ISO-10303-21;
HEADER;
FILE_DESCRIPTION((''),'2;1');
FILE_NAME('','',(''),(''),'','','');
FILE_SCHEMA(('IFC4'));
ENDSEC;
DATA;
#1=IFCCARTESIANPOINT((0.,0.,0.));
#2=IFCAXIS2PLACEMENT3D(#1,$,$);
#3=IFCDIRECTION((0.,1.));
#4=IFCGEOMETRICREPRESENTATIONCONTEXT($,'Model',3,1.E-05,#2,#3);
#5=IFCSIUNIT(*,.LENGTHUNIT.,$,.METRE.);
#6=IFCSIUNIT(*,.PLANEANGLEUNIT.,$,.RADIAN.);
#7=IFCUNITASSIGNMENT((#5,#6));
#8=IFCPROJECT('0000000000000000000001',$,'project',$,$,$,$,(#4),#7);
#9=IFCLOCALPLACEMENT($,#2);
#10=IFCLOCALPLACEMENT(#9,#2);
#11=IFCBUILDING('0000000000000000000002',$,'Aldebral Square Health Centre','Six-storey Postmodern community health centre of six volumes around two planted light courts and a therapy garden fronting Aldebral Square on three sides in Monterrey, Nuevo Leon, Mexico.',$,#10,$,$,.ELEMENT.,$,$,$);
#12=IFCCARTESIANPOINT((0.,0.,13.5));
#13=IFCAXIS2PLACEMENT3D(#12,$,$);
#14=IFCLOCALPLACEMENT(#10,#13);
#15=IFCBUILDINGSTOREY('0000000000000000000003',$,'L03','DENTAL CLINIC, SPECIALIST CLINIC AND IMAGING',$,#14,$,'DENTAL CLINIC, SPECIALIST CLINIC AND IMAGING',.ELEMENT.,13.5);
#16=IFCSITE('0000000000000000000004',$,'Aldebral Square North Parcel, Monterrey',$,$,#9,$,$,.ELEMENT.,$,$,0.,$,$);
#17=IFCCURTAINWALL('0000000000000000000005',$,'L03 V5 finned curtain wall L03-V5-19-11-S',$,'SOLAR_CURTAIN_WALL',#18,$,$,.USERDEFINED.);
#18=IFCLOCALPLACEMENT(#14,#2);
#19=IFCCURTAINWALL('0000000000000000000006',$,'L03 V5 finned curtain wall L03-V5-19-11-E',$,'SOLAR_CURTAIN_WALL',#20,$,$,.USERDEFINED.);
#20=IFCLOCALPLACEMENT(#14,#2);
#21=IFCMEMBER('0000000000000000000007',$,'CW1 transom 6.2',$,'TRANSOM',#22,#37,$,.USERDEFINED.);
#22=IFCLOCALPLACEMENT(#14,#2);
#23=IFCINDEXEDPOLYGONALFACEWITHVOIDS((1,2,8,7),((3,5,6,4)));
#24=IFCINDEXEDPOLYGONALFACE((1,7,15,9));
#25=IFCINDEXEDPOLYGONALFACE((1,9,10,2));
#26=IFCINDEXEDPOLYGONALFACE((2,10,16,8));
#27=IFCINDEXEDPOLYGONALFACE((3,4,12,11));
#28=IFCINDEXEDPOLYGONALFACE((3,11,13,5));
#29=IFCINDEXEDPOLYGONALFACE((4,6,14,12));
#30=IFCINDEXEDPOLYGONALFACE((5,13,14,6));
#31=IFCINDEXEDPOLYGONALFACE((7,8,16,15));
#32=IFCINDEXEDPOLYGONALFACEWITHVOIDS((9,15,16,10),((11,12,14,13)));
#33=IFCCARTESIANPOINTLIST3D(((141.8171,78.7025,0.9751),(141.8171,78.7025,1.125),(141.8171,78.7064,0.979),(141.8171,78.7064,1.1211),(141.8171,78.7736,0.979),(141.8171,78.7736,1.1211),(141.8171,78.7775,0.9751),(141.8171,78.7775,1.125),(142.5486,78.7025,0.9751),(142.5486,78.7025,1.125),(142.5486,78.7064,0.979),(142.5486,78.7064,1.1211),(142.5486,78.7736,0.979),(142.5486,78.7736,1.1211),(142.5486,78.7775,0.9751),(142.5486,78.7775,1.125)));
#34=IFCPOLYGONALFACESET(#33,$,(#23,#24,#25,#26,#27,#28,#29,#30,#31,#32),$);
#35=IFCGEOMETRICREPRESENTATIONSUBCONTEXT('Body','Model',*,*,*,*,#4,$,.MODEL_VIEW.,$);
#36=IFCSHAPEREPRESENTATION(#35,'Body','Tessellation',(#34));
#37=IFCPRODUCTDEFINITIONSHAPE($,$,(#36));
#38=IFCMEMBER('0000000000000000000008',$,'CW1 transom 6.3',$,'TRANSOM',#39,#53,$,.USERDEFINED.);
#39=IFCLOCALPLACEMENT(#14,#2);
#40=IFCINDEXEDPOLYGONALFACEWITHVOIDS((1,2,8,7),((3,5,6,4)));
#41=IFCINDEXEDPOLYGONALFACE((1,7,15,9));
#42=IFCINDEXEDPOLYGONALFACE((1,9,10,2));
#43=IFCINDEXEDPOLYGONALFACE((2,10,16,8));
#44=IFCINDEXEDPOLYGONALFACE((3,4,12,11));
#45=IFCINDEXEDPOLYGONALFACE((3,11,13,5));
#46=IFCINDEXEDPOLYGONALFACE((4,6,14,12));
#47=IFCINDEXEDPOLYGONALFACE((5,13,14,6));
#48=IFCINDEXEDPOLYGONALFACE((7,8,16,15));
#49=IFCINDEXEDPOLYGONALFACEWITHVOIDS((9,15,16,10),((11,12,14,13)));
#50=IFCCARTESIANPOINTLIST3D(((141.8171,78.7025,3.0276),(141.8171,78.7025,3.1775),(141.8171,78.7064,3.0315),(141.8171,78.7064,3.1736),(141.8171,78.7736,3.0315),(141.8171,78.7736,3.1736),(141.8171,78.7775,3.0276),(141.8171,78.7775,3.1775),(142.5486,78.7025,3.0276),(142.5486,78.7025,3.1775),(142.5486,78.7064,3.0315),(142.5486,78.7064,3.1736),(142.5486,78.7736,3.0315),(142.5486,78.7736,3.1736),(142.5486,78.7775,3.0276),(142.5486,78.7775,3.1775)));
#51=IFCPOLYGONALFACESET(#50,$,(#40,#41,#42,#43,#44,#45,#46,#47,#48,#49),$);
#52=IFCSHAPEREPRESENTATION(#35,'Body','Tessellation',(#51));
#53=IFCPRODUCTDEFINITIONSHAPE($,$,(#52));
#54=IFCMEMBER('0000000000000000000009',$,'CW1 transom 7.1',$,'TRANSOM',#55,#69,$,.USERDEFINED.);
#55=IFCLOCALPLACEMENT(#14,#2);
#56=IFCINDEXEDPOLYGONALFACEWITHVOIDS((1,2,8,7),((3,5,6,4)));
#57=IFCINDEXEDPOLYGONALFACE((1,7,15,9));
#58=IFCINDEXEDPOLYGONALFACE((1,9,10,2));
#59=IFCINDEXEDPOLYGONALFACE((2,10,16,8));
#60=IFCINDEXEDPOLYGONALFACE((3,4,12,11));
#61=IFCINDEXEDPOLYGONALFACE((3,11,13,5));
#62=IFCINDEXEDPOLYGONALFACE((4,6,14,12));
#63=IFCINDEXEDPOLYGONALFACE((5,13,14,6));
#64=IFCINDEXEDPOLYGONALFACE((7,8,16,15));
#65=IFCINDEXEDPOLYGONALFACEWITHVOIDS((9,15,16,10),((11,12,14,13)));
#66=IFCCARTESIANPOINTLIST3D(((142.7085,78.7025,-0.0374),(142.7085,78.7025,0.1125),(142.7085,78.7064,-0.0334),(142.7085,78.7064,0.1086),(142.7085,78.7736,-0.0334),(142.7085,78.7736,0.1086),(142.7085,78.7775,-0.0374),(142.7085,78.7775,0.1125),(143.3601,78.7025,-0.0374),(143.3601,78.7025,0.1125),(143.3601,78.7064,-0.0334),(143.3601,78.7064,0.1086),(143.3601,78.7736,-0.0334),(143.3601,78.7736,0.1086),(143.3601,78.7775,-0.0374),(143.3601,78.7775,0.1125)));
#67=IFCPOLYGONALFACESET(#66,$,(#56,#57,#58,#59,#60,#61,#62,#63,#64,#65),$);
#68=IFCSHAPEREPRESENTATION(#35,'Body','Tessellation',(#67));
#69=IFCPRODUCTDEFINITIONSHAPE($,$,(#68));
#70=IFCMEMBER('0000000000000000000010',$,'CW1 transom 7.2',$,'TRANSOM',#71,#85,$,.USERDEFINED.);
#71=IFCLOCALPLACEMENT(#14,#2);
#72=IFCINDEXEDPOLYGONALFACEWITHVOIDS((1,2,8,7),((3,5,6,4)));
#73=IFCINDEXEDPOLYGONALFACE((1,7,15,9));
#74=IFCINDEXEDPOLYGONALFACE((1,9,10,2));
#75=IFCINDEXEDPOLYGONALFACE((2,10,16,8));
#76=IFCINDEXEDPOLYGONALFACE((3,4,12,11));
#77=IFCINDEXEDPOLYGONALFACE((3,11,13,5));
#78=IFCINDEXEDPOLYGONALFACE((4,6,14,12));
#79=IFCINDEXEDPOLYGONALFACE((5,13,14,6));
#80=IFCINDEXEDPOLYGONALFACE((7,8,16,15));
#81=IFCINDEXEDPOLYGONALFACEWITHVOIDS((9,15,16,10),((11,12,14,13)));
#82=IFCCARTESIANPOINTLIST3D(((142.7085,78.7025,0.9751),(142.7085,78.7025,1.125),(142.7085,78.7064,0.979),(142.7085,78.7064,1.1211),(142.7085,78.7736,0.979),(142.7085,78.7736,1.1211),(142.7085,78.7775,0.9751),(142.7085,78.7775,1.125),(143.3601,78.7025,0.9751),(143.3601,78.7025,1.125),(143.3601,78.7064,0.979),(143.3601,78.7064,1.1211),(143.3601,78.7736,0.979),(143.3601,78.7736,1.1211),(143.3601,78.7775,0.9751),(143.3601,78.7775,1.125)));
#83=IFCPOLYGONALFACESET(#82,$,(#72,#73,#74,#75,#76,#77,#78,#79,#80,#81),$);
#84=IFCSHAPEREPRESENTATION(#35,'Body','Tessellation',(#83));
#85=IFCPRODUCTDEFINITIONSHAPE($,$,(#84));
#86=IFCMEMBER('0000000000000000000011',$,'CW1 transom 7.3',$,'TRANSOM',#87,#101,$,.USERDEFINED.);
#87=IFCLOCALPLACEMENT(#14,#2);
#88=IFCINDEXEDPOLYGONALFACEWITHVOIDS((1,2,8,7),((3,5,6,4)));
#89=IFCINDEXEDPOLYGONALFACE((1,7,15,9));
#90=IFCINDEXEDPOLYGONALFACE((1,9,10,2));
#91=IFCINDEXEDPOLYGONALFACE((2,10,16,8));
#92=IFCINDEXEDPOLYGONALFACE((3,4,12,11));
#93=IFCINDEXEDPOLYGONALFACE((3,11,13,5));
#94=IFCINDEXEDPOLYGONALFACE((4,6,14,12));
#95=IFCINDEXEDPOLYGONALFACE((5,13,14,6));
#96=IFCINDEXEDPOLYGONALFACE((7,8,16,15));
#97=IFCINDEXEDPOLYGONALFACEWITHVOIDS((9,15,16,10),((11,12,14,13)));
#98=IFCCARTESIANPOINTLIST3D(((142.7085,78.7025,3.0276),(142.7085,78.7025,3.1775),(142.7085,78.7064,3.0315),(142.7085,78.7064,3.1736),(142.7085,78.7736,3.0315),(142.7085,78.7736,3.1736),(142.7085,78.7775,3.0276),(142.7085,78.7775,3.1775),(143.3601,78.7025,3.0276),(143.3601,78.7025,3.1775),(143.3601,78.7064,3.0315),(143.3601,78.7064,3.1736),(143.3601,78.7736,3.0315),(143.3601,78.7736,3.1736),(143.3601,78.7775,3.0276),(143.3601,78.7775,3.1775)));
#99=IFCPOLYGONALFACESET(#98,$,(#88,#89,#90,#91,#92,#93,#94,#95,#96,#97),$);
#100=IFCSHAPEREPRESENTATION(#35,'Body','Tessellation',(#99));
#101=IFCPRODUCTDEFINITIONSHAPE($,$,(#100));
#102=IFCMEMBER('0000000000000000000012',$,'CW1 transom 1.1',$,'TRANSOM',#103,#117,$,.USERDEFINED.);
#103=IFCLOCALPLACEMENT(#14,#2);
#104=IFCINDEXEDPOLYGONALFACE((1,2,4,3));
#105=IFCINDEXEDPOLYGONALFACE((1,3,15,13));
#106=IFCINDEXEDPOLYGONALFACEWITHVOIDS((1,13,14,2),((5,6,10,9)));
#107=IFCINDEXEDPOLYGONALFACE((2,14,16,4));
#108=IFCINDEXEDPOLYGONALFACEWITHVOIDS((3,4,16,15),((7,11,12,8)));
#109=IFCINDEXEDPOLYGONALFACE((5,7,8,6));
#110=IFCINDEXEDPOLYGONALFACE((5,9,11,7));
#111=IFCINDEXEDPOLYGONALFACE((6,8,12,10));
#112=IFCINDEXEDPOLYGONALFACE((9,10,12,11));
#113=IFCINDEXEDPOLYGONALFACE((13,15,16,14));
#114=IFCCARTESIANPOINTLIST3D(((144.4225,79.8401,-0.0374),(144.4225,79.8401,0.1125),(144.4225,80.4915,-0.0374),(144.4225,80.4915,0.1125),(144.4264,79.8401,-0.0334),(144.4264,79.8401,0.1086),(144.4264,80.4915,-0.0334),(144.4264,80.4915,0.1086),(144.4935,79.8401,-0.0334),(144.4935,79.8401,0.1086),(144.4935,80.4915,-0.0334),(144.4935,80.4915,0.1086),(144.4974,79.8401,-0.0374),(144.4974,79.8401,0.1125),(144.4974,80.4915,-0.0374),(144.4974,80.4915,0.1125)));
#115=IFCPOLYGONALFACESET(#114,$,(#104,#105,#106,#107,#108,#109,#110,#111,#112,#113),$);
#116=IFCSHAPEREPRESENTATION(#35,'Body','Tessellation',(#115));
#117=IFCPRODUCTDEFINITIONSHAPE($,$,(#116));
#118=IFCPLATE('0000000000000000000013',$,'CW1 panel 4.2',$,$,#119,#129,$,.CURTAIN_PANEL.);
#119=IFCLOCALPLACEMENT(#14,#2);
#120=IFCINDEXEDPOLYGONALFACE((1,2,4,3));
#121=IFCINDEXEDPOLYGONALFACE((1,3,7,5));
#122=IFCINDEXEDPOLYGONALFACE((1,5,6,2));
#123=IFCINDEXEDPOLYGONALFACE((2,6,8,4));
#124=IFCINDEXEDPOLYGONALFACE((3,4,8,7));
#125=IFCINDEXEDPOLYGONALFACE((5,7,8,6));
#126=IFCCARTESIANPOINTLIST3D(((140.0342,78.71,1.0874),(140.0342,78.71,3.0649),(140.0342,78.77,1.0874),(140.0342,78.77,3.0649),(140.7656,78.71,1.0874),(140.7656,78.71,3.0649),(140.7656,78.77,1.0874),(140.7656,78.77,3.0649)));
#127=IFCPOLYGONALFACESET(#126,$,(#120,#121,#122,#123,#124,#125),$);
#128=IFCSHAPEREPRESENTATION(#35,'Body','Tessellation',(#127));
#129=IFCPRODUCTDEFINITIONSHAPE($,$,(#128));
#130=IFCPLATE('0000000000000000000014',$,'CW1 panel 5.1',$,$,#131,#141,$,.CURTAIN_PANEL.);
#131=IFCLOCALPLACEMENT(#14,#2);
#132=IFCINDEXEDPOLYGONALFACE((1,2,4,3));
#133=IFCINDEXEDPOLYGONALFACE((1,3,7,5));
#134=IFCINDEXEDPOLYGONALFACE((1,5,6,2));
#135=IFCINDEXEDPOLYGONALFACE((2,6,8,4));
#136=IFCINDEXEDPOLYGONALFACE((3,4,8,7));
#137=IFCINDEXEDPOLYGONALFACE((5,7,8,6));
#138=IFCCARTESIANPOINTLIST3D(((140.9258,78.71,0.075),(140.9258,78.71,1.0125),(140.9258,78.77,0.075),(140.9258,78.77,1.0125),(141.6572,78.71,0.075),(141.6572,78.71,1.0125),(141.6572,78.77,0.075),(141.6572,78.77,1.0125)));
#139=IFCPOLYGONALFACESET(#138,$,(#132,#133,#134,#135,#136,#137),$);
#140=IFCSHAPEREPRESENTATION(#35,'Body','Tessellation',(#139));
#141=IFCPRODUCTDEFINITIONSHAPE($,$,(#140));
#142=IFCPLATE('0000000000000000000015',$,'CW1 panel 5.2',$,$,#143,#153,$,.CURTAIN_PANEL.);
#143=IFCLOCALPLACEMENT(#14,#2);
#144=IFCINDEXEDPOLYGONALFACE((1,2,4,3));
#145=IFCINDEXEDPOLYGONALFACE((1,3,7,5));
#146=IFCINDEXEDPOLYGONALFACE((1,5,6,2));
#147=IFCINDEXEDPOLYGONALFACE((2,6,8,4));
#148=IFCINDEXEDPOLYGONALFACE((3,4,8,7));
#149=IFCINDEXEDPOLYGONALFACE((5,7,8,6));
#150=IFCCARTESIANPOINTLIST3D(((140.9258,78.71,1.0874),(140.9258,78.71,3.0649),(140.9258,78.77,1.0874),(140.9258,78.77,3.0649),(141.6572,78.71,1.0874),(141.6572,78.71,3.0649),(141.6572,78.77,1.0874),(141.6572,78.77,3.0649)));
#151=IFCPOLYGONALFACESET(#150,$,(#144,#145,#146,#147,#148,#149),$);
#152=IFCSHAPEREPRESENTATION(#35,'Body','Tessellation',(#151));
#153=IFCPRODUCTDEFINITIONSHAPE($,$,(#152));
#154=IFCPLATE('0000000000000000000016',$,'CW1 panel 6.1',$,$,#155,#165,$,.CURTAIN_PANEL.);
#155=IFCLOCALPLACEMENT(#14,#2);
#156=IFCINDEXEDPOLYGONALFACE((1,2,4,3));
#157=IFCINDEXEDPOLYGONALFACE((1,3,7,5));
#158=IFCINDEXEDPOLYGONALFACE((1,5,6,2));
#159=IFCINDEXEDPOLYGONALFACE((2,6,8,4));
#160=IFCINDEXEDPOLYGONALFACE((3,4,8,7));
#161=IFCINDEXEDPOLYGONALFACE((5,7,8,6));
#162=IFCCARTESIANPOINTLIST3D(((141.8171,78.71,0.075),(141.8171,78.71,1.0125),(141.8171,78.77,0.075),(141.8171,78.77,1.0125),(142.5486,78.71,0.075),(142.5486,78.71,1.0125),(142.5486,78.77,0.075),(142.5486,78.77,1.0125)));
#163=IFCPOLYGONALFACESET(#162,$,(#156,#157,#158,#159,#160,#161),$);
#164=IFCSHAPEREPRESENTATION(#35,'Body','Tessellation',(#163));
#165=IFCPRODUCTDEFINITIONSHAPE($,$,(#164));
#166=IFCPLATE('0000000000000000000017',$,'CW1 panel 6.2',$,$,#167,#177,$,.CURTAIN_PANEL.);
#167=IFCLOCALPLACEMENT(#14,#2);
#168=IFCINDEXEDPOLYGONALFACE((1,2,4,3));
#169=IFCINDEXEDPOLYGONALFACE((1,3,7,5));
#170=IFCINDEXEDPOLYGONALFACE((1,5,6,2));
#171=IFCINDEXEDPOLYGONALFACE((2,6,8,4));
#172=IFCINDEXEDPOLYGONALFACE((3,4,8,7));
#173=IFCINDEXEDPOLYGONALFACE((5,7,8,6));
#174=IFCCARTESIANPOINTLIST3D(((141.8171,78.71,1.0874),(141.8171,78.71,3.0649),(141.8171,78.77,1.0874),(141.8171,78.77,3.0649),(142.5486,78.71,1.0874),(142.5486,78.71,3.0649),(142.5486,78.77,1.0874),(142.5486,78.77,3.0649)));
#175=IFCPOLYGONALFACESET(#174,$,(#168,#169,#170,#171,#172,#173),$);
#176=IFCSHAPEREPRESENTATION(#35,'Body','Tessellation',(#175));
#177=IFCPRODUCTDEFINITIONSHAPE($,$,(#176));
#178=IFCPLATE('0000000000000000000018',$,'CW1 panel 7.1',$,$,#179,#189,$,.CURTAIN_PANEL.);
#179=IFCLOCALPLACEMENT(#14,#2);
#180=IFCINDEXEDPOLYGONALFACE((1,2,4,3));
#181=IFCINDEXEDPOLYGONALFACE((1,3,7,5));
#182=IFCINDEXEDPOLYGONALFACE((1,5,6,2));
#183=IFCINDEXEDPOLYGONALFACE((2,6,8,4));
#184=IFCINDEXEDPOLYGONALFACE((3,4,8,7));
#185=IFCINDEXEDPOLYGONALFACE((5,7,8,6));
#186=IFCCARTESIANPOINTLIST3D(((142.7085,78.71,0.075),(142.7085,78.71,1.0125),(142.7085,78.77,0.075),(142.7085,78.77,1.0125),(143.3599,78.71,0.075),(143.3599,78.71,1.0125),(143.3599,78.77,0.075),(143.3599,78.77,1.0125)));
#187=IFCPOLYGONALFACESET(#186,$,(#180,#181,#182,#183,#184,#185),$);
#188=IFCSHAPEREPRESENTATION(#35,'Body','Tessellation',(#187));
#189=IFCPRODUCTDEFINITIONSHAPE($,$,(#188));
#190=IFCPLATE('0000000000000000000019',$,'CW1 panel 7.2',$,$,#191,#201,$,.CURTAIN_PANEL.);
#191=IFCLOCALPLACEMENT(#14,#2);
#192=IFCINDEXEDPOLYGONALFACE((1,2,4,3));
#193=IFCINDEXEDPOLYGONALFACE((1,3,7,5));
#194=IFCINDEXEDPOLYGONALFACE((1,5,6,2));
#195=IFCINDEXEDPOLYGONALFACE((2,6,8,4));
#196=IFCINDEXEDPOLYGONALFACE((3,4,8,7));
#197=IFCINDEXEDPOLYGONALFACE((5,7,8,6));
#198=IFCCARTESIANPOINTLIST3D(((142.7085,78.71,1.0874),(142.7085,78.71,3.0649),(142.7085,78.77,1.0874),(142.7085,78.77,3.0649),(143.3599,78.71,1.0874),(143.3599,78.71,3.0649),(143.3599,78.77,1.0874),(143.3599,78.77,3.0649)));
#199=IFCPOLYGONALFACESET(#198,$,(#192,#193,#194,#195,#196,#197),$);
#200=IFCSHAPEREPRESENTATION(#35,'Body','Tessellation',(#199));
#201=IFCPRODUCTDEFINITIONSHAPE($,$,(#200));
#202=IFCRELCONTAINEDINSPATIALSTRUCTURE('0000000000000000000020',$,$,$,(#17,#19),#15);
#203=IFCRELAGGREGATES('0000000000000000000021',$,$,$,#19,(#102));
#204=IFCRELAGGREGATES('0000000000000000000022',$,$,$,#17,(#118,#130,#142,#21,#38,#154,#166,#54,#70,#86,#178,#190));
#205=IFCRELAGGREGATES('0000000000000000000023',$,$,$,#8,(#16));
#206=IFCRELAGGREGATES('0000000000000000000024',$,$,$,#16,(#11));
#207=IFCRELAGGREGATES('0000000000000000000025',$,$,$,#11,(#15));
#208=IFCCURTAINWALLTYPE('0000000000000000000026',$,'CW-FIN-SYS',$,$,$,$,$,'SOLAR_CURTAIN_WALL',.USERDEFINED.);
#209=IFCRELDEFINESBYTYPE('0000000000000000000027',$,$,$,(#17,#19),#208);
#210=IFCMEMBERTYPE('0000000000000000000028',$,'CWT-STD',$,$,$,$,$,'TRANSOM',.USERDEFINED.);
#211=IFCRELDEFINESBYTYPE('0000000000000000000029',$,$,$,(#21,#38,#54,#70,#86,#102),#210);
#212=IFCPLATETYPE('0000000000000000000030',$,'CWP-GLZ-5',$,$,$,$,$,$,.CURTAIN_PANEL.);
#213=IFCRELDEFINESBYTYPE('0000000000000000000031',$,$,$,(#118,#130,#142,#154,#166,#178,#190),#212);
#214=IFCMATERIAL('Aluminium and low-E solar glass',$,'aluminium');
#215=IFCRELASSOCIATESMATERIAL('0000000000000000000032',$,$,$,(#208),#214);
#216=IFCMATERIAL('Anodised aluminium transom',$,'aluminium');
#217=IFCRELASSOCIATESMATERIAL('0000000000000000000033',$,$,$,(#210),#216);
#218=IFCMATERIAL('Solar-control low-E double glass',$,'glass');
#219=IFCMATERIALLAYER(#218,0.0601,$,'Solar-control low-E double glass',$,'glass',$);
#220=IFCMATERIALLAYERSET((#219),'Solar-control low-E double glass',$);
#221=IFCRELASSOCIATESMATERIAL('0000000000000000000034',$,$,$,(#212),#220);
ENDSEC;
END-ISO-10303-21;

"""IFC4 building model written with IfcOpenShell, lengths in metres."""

from ifc_helpers import new_model, si_unit, direction, frame, origin, origin_2d, place, context, subcontext, project, spatial, rectangle, hollow_rectangle, extrude, material, layer, layer_set, material_profile, profile_set, type_object, element, aggregate, save


model = new_model("IFC4")

# Units and contexts
model_context = context("Model", 3, precision=1e-05, world=origin(), true_north=direction((0.0, 1.0)))
body_context = subcontext(model_context, "Body", "Model", "MODEL_VIEW")
ifc_project = project(units=[si_unit("LENGTHUNIT", "METRE"), si_unit("PLANEANGLEUNIT", "RADIAN")], contexts=[model_context])

# Site, building, storey
site_placement = place(None, origin())
site = spatial("IfcSite", under=ifc_project, at=site_placement, Name="Aldebral Square North Parcel, Monterrey", CompositionType="ELEMENT", RefElevation=0.0)
building_placement = place(site_placement, origin())
building = spatial("IfcBuilding", under=site, at=building_placement, Name="Aldebral Square Health Centre", Description="Six-storey Postmodern community health centre of six volumes around two planted light courts and a therapy garden fronting Aldebral Square on three sides in Monterrey, Nuevo Leon, Mexico.", CompositionType="ELEMENT")
storey_placement = place(building_placement, frame((0.0, 0.0, 13.5)))
storey = spatial("IfcBuildingStorey", under=building, at=storey_placement, Name="L03", Description="DENTAL CLINIC, SPECIALIST CLINIC AND IMAGING", LongName="DENTAL CLINIC, SPECIALIST CLINIC AND IMAGING", CompositionType="ELEMENT", Elevation=13.5)

# Curtain wall
ifc_material_1 = material(Name="Aluminium and low-E solar glass", Category="aluminium")
curtain_wall_type = type_object("IfcCurtainWallType", Name="CW-FIN-SYS", ElementType="SOLAR_CURTAIN_WALL", PredefinedType="USERDEFINED", material=ifc_material_1)
curtain_wall_1_placement = place(storey_placement, origin())
curtain_wall_1 = element("IfcCurtainWall", 1, at=curtain_wall_1_placement, inside=storey, type_object=curtain_wall_type, Name="L03 V5 finned curtain wall L03-V5-19-11-S", ObjectType="SOLAR_CURTAIN_WALL", PredefinedType="USERDEFINED")

# Curtain wall
curtain_wall_2_placement = place(storey_placement, origin())
curtain_wall_2 = element("IfcCurtainWall", 2, at=curtain_wall_2_placement, inside=storey, type_object=curtain_wall_type, Name="L03 V5 finned curtain wall L03-V5-19-11-E", ObjectType="SOLAR_CURTAIN_WALL", PredefinedType="USERDEFINED")

# Members
ifc_material_2 = material(Name="Anodised aluminium transom", Category="aluminium")
ifc_material_profile_1 = material_profile(ifc_material_2, hollow_rectangle(XDim=0.075, YDim=0.1499, WallThickness=0.0039, at=origin_2d()), Name="CWT 75x150x4")
ifc_profile_set_1 = profile_set([ifc_material_profile_1], Name="Anodised aluminium transom")
member_type_1 = type_object("IfcMemberType", Name="CWT-STD", ElementType="TRANSOM", PredefinedType="USERDEFINED", material=ifc_profile_set_1)
member_1_placement = place(storey_placement, frame((141.8171, 78.74, 1.05), z_axis=(1.0, 0.0, 0.0), x_axis=(0.0, 1.0, 0.0)))
member_1 = element("IfcMember", 3, at=member_1_placement, type_object=member_type_1, Name="CW1 transom 6.2", ObjectType="TRANSOM", PredefinedType="USERDEFINED", context=body_context, shape_type="SweptSolid", body=[
    extrude(hollow_rectangle(XDim=0.075, YDim=0.1499, WallThickness=0.0039, at=origin_2d()), origin(), (0.0, 0.0, 1.0), 0.7314),
])
member_2_placement = place(storey_placement, frame((141.8171, 78.74, 3.1025), z_axis=(1.0, 0.0, 0.0), x_axis=(0.0, 1.0, 0.0)))
member_2 = element("IfcMember", 4, at=member_2_placement, type_object=member_type_1, Name="CW1 transom 6.3", ObjectType="TRANSOM", PredefinedType="USERDEFINED", context=body_context, shape_type="SweptSolid", body=[
    extrude(hollow_rectangle(XDim=0.075, YDim=0.1499, WallThickness=0.0039, at=origin_2d()), origin(), (0.0, 0.0, 1.0), 0.7314),
])
member_3_placement = place(storey_placement, frame((142.7085, 78.74, 0.0376), z_axis=(1.0, 0.0, 0.0), x_axis=(0.0, 1.0, 0.0)))
member_3 = element("IfcMember", 5, at=member_3_placement, type_object=member_type_1, Name="CW1 transom 7.1", ObjectType="TRANSOM", PredefinedType="USERDEFINED", context=body_context, shape_type="SweptSolid", body=[
    extrude(hollow_rectangle(XDim=0.075, YDim=0.1499, WallThickness=0.0039, at=origin_2d()), origin(), (0.0, 0.0, 1.0), 0.6516),
])
member_4_placement = place(storey_placement, frame((142.7085, 78.74, 1.05), z_axis=(1.0, 0.0, 0.0), x_axis=(0.0, 1.0, 0.0)))
member_4 = element("IfcMember", 6, at=member_4_placement, type_object=member_type_1, Name="CW1 transom 7.2", ObjectType="TRANSOM", PredefinedType="USERDEFINED", context=body_context, shape_type="SweptSolid", body=[
    extrude(hollow_rectangle(XDim=0.075, YDim=0.1499, WallThickness=0.0039, at=origin_2d()), origin(), (0.0, 0.0, 1.0), 0.6516),
])
member_5_placement = place(storey_placement, frame((142.7085, 78.74, 3.1025), z_axis=(1.0, 0.0, 0.0), x_axis=(0.0, 1.0, 0.0)))
member_5 = element("IfcMember", 7, at=member_5_placement, type_object=member_type_1, Name="CW1 transom 7.3", ObjectType="TRANSOM", PredefinedType="USERDEFINED", context=body_context, shape_type="SweptSolid", body=[
    extrude(hollow_rectangle(XDim=0.075, YDim=0.1499, WallThickness=0.0039, at=origin_2d()), origin(), (0.0, 0.0, 1.0), 0.6516),
])
member_6_placement = place(storey_placement, frame((144.46, 79.8401, 0.0376), z_axis=(0.0, 1.0, 0.0), x_axis=(-1.0, 0.0, 0.0)))
member_6 = element("IfcMember", 8, at=member_6_placement, type_object=member_type_1, Name="CW1 transom 1.1", ObjectType="TRANSOM", PredefinedType="USERDEFINED", context=body_context, shape_type="SweptSolid", body=[
    extrude(hollow_rectangle(XDim=0.075, YDim=0.1499, WallThickness=0.0039, at=origin_2d()), origin(), (0.0, 0.0, 1.0), 0.6514),
])
aggregate(curtain_wall_2, [member_6])

# Plates
ifc_material_3 = material(Name="Solar-control low-E double glass", Category="glass")
ifc_layer_1 = layer(ifc_material_3, 0.0601, Name="Solar-control low-E double glass", Category="glass")
ifc_layer_set_1 = layer_set([ifc_layer_1], Name="Solar-control low-E double glass")
plate_type = type_object("IfcPlateType", Name="CWP-GLZ-5", PredefinedType="CURTAIN_PANEL", material=ifc_layer_set_1)
plate_1_placement = place(storey_placement, frame((140.3999, 78.74, 1.0874), z_axis=(0.0, 0.0, 1.0), x_axis=(1.0, 0.0, 0.0)))
plate_1 = element("IfcPlate", 9, at=plate_1_placement, type_object=plate_type, Name="CW1 panel 4.2", PredefinedType="CURTAIN_PANEL", context=body_context, shape_type="SweptSolid", body=[
    extrude(rectangle(XDim=0.7314, YDim=0.0601, at=origin_2d()), origin(), (0.0, 0.0, 1.0), 1.9775),
])
plate_2_placement = place(storey_placement, frame((141.2915, 78.74, 0.075), z_axis=(0.0, 0.0, 1.0), x_axis=(1.0, 0.0, 0.0)))
plate_2 = element("IfcPlate", 10, at=plate_2_placement, type_object=plate_type, Name="CW1 panel 5.1", PredefinedType="CURTAIN_PANEL", context=body_context, shape_type="SweptSolid", body=[
    extrude(rectangle(XDim=0.7314, YDim=0.0601, at=origin_2d()), origin(), (0.0, 0.0, 1.0), 0.9375),
])
plate_3_placement = place(storey_placement, frame((141.2915, 78.74, 1.0874), z_axis=(0.0, 0.0, 1.0), x_axis=(1.0, 0.0, 0.0)))
plate_3 = element("IfcPlate", 11, at=plate_3_placement, type_object=plate_type, Name="CW1 panel 5.2", PredefinedType="CURTAIN_PANEL", context=body_context, shape_type="SweptSolid", body=[
    extrude(rectangle(XDim=0.7314, YDim=0.0601, at=origin_2d()), origin(), (0.0, 0.0, 1.0), 1.9775),
])
plate_4_placement = place(storey_placement, frame((142.1829, 78.74, 0.075), z_axis=(0.0, 0.0, 1.0), x_axis=(1.0, 0.0, 0.0)))
plate_4 = element("IfcPlate", 12, at=plate_4_placement, type_object=plate_type, Name="CW1 panel 6.1", PredefinedType="CURTAIN_PANEL", context=body_context, shape_type="SweptSolid", body=[
    extrude(rectangle(XDim=0.7314, YDim=0.0601, at=origin_2d()), origin(), (0.0, 0.0, 1.0), 0.9375),
])
plate_5_placement = place(storey_placement, frame((142.1829, 78.74, 1.0874), z_axis=(0.0, 0.0, 1.0), x_axis=(1.0, 0.0, 0.0)))
plate_5 = element("IfcPlate", 13, at=plate_5_placement, type_object=plate_type, Name="CW1 panel 6.2", PredefinedType="CURTAIN_PANEL", context=body_context, shape_type="SweptSolid", body=[
    extrude(rectangle(XDim=0.7314, YDim=0.0601, at=origin_2d()), origin(), (0.0, 0.0, 1.0), 1.9775),
])
plate_6_placement = place(storey_placement, frame((143.0342, 78.74, 0.075), z_axis=(0.0, 0.0, 1.0), x_axis=(1.0, 0.0, 0.0)))
plate_6 = element("IfcPlate", 14, at=plate_6_placement, type_object=plate_type, Name="CW1 panel 7.1", PredefinedType="CURTAIN_PANEL", context=body_context, shape_type="SweptSolid", body=[
    extrude(rectangle(XDim=0.6514, YDim=0.0601, at=origin_2d()), origin(), (0.0, 0.0, 1.0), 0.9375),
])
plate_7_placement = place(storey_placement, frame((143.0342, 78.74, 1.0874), z_axis=(0.0, 0.0, 1.0), x_axis=(1.0, 0.0, 0.0)))
plate_7 = element("IfcPlate", 15, at=plate_7_placement, type_object=plate_type, Name="CW1 panel 7.2", PredefinedType="CURTAIN_PANEL", context=body_context, shape_type="SweptSolid", body=[
    extrude(rectangle(XDim=0.6514, YDim=0.0601, at=origin_2d()), origin(), (0.0, 0.0, 1.0), 1.9775),
])
aggregate(curtain_wall_1, [plate_1, plate_2, plate_3, member_1, member_2, plate_4, plate_5, member_3, member_4, member_5, plate_6, plate_7])

save(model, "model.ifc")
